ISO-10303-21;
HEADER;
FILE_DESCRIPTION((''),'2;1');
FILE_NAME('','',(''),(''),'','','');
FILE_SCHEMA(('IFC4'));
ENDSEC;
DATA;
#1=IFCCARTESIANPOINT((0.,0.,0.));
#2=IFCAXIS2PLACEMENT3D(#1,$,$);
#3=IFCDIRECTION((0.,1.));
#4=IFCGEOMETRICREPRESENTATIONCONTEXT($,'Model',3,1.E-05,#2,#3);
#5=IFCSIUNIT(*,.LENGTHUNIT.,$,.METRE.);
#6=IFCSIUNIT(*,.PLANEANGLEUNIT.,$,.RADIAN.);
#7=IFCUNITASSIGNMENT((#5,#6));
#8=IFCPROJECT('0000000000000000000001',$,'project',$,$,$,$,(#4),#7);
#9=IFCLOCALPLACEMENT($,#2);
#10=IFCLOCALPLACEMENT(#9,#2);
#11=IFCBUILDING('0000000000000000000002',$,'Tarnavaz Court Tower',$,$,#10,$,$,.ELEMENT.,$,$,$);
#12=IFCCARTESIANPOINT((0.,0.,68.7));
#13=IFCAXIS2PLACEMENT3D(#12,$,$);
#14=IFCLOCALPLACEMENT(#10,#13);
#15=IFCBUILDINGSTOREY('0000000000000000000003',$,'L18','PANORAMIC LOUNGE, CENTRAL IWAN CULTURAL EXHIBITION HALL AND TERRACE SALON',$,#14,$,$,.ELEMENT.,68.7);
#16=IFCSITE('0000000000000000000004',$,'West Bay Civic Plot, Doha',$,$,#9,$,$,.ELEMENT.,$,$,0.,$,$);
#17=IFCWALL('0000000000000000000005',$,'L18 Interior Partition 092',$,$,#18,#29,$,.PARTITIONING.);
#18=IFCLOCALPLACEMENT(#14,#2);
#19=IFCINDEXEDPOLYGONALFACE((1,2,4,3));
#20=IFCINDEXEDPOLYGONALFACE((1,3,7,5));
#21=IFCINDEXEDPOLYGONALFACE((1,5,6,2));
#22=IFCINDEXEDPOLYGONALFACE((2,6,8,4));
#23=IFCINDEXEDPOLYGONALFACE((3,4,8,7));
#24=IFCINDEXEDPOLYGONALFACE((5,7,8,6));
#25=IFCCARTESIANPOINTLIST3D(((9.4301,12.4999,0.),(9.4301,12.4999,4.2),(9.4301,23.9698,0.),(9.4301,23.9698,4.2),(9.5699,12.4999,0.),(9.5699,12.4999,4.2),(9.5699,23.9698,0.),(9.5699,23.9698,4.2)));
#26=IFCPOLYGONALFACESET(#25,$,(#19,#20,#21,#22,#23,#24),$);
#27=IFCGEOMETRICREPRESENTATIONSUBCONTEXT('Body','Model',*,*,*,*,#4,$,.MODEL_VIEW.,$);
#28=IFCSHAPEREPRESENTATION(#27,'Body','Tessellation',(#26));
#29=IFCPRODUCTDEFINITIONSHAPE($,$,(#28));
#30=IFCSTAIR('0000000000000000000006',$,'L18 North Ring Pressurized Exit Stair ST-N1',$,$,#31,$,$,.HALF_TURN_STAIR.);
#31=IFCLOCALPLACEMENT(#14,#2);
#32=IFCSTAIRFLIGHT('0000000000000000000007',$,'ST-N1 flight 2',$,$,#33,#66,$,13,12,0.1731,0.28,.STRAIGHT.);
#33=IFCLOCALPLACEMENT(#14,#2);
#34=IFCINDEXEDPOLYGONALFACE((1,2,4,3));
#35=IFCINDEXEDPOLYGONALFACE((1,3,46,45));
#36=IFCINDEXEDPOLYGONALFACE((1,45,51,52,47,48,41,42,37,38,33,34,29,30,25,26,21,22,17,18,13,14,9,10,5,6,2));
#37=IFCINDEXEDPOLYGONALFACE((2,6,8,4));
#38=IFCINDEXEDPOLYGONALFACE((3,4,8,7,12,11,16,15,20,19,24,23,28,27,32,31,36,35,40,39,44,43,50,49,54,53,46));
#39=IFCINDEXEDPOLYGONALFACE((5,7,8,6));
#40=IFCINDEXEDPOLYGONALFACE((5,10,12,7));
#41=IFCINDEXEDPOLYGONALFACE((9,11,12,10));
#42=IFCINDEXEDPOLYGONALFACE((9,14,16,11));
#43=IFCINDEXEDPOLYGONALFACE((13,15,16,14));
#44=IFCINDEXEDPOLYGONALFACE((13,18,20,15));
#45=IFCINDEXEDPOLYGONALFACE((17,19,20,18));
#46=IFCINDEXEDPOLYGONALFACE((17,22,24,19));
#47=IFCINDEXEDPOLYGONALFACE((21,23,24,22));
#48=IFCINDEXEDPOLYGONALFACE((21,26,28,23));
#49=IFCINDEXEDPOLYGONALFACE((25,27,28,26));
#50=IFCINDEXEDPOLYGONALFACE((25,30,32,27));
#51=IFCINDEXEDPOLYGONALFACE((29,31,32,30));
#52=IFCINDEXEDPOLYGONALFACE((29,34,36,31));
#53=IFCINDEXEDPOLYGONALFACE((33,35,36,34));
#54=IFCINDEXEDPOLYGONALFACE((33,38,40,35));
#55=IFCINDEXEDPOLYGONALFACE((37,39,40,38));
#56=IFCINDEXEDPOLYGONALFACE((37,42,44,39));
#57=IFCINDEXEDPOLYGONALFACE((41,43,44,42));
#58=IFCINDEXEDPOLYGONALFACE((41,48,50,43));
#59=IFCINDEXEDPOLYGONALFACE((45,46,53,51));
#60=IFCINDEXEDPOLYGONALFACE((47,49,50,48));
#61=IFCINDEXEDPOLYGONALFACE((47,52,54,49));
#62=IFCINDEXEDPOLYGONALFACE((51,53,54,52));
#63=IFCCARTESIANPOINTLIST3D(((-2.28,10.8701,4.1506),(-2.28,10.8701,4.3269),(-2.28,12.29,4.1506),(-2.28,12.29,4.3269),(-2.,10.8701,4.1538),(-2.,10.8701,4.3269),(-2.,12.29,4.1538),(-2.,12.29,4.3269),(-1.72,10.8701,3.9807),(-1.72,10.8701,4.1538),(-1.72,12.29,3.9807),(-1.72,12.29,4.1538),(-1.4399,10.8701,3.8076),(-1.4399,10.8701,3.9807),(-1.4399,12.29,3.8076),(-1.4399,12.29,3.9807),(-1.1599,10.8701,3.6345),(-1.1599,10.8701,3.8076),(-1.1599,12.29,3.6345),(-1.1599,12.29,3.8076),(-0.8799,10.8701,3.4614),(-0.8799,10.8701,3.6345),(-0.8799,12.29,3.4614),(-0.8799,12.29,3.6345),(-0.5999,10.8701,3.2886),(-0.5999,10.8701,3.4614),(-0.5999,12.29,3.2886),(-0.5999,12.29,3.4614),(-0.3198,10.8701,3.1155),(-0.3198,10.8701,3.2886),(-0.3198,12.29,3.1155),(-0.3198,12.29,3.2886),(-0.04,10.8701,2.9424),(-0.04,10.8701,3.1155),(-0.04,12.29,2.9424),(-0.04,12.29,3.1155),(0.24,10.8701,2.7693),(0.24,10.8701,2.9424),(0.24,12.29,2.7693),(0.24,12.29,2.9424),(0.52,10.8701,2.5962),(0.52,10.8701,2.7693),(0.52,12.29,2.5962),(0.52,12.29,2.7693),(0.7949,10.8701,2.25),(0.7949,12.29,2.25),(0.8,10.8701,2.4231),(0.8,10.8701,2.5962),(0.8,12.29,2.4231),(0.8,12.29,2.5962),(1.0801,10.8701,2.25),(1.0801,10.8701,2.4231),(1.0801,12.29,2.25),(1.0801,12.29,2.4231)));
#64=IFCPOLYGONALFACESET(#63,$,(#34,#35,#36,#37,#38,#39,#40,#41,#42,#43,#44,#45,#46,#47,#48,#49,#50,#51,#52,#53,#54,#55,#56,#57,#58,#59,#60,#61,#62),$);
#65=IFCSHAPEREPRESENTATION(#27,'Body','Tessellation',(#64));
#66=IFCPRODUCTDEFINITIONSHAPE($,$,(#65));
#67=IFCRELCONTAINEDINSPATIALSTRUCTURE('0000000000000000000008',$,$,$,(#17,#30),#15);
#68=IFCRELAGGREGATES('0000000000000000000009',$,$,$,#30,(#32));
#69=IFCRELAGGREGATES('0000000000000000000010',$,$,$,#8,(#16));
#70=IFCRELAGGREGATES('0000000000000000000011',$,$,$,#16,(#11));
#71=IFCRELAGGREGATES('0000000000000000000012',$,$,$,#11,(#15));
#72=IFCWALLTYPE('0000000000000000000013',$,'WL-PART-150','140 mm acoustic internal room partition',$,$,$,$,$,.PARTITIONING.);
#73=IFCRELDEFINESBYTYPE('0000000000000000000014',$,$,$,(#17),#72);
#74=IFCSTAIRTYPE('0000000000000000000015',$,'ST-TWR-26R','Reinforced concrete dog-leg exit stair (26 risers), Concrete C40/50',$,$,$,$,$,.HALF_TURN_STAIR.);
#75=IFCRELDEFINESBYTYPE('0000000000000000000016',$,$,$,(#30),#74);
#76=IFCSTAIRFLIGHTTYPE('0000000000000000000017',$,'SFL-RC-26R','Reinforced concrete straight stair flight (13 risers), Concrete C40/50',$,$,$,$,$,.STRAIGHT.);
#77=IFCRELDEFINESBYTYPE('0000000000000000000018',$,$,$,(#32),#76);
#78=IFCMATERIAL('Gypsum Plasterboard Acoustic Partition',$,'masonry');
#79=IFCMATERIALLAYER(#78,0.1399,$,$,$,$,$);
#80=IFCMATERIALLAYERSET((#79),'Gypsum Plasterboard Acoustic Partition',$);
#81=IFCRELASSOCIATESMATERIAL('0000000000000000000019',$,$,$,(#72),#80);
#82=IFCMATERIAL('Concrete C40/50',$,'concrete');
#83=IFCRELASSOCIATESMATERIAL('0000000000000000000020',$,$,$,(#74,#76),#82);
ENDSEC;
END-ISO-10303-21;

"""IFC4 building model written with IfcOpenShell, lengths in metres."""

from ifc_helpers import new_model, si_unit, direction, frame, frame_2d, origin, place, context, subcontext, project, spatial, polyline, rectangle, outline, extrude, material, layer, layer_set, type_object, element, aggregate, save


model = new_model("IFC4")

# Units and contexts
model_context = context("Model", 3, precision=1e-05, world=origin(), true_north=direction((0.0, 1.0)))
body_context = subcontext(model_context, "Body", "Model", "MODEL_VIEW")
ifc_project = project(units=[si_unit("LENGTHUNIT", "METRE"), si_unit("PLANEANGLEUNIT", "RADIAN")], contexts=[model_context])

# Site, building, storey
site_placement = place(None, origin())
site = spatial("IfcSite", under=ifc_project, at=site_placement, Name="West Bay Civic Plot, Doha", CompositionType="ELEMENT", RefElevation=0.0)
building_placement = place(site_placement, origin())
building = spatial("IfcBuilding", under=site, at=building_placement, Name="Tarnavaz Court Tower", CompositionType="ELEMENT")
storey_placement = place(building_placement, frame((0.0, 0.0, 68.7)))
storey = spatial("IfcBuildingStorey", under=building, at=storey_placement, Name="L18", Description="PANORAMIC LOUNGE, CENTRAL IWAN CULTURAL EXHIBITION HALL AND TERRACE SALON", CompositionType="ELEMENT", Elevation=68.7)

# Wall
ifc_material_1 = material(Name="Gypsum Plasterboard Acoustic Partition", Category="masonry")
ifc_layer_1 = layer(ifc_material_1, 0.1399)
ifc_layer_set_1 = layer_set([ifc_layer_1], Name="Gypsum Plasterboard Acoustic Partition")
wall_type_1 = type_object("IfcWallType", Name="WL-PART-150", Description="140 mm acoustic internal room partition", PredefinedType="PARTITIONING", material=ifc_layer_set_1)
wall_1_placement = place(storey_placement, frame((9.5, 12.5, 0.0), z_axis=(0.0, 0.0, 1.0), x_axis=(0.0, 1.0, 0.0)))
element("IfcWall", 1, at=wall_1_placement, inside=storey, type_object=wall_type_1, Name="L18 Interior Partition 092", PredefinedType="PARTITIONING", context=body_context, shape_type="SweptSolid", body=[
    extrude(rectangle(XDim=11.47, YDim=0.1399, at=frame_2d((5.7349, 0.0))), origin(), (0.0, 0.0, 1.0), 4.2),
])

# Stair, stair flight
ifc_material_2 = material(Name="Concrete C40/50", Category="concrete")
stair_type = type_object("IfcStairType", Name="ST-TWR-26R", Description="Reinforced concrete dog-leg exit stair (26 risers), Concrete C40/50", PredefinedType="HALF_TURN_STAIR", material=ifc_material_2)
stair_placement = place(storey_placement, origin())
stair = element("IfcStair", 2, at=stair_placement, inside=storey, type_object=stair_type, Name="L18 North Ring Pressurized Exit Stair ST-N1", PredefinedType="HALF_TURN_STAIR")
stair_flight_type = type_object("IfcStairFlightType", Name="SFL-RC-26R", Description="Reinforced concrete straight stair flight (13 risers), Concrete C40/50", PredefinedType="STRAIGHT", material=ifc_material_2)
stair_flight_placement = place(storey_placement, frame((1.0801, 11.5801, 2.25), z_axis=(0.0, 0.0, 1.0), x_axis=(-1.0, 0.0, 0.0)))
stair_flight = element("IfcStairFlight", 3, at=stair_flight_placement, type_object=stair_flight_type, Name="ST-N1 flight 2", NumberOfRisers=13, NumberOfTreads=12, PredefinedType="STRAIGHT", RiserHeight=0.1731, TreadLength=0.28, context=body_context, shape_type="SweptSolid", body=[
    extrude(outline(polyline([(0.0, 0.0), (0.0, 0.1731), (0.28, 0.1731), (0.28, 0.3462), (0.5601, 0.3462), (0.5601, 0.5193), (0.8401, 0.5193), (0.8401, 0.6924), (1.1201, 0.6924), (1.1201, 0.8655), (1.3999, 0.8655), (1.3999, 1.0386), (1.6799, 1.0386), (1.6799, 1.2114), (1.96, 1.2114), (1.96, 1.3845), (2.24, 1.3845), (2.24, 1.5576), (2.52, 1.5576), (2.52, 1.7307), (2.8, 1.7307), (2.8, 1.9038), (3.0801, 1.9038), (3.0801, 2.0769), (3.3601, 2.0769), (3.3601, 2.25), (3.3601, 1.9006), (0.2852, 0.0), (0.0, 0.0)])), frame((0.0, 0.71, 0.0), z_axis=(0.0, -1.0, 0.0), x_axis=(1.0, 0.0, 0.0)), (0.0, 0.0, 1.0), 1.4199),
])
aggregate(stair, [stair_flight])

save(model, "model.ifc")
